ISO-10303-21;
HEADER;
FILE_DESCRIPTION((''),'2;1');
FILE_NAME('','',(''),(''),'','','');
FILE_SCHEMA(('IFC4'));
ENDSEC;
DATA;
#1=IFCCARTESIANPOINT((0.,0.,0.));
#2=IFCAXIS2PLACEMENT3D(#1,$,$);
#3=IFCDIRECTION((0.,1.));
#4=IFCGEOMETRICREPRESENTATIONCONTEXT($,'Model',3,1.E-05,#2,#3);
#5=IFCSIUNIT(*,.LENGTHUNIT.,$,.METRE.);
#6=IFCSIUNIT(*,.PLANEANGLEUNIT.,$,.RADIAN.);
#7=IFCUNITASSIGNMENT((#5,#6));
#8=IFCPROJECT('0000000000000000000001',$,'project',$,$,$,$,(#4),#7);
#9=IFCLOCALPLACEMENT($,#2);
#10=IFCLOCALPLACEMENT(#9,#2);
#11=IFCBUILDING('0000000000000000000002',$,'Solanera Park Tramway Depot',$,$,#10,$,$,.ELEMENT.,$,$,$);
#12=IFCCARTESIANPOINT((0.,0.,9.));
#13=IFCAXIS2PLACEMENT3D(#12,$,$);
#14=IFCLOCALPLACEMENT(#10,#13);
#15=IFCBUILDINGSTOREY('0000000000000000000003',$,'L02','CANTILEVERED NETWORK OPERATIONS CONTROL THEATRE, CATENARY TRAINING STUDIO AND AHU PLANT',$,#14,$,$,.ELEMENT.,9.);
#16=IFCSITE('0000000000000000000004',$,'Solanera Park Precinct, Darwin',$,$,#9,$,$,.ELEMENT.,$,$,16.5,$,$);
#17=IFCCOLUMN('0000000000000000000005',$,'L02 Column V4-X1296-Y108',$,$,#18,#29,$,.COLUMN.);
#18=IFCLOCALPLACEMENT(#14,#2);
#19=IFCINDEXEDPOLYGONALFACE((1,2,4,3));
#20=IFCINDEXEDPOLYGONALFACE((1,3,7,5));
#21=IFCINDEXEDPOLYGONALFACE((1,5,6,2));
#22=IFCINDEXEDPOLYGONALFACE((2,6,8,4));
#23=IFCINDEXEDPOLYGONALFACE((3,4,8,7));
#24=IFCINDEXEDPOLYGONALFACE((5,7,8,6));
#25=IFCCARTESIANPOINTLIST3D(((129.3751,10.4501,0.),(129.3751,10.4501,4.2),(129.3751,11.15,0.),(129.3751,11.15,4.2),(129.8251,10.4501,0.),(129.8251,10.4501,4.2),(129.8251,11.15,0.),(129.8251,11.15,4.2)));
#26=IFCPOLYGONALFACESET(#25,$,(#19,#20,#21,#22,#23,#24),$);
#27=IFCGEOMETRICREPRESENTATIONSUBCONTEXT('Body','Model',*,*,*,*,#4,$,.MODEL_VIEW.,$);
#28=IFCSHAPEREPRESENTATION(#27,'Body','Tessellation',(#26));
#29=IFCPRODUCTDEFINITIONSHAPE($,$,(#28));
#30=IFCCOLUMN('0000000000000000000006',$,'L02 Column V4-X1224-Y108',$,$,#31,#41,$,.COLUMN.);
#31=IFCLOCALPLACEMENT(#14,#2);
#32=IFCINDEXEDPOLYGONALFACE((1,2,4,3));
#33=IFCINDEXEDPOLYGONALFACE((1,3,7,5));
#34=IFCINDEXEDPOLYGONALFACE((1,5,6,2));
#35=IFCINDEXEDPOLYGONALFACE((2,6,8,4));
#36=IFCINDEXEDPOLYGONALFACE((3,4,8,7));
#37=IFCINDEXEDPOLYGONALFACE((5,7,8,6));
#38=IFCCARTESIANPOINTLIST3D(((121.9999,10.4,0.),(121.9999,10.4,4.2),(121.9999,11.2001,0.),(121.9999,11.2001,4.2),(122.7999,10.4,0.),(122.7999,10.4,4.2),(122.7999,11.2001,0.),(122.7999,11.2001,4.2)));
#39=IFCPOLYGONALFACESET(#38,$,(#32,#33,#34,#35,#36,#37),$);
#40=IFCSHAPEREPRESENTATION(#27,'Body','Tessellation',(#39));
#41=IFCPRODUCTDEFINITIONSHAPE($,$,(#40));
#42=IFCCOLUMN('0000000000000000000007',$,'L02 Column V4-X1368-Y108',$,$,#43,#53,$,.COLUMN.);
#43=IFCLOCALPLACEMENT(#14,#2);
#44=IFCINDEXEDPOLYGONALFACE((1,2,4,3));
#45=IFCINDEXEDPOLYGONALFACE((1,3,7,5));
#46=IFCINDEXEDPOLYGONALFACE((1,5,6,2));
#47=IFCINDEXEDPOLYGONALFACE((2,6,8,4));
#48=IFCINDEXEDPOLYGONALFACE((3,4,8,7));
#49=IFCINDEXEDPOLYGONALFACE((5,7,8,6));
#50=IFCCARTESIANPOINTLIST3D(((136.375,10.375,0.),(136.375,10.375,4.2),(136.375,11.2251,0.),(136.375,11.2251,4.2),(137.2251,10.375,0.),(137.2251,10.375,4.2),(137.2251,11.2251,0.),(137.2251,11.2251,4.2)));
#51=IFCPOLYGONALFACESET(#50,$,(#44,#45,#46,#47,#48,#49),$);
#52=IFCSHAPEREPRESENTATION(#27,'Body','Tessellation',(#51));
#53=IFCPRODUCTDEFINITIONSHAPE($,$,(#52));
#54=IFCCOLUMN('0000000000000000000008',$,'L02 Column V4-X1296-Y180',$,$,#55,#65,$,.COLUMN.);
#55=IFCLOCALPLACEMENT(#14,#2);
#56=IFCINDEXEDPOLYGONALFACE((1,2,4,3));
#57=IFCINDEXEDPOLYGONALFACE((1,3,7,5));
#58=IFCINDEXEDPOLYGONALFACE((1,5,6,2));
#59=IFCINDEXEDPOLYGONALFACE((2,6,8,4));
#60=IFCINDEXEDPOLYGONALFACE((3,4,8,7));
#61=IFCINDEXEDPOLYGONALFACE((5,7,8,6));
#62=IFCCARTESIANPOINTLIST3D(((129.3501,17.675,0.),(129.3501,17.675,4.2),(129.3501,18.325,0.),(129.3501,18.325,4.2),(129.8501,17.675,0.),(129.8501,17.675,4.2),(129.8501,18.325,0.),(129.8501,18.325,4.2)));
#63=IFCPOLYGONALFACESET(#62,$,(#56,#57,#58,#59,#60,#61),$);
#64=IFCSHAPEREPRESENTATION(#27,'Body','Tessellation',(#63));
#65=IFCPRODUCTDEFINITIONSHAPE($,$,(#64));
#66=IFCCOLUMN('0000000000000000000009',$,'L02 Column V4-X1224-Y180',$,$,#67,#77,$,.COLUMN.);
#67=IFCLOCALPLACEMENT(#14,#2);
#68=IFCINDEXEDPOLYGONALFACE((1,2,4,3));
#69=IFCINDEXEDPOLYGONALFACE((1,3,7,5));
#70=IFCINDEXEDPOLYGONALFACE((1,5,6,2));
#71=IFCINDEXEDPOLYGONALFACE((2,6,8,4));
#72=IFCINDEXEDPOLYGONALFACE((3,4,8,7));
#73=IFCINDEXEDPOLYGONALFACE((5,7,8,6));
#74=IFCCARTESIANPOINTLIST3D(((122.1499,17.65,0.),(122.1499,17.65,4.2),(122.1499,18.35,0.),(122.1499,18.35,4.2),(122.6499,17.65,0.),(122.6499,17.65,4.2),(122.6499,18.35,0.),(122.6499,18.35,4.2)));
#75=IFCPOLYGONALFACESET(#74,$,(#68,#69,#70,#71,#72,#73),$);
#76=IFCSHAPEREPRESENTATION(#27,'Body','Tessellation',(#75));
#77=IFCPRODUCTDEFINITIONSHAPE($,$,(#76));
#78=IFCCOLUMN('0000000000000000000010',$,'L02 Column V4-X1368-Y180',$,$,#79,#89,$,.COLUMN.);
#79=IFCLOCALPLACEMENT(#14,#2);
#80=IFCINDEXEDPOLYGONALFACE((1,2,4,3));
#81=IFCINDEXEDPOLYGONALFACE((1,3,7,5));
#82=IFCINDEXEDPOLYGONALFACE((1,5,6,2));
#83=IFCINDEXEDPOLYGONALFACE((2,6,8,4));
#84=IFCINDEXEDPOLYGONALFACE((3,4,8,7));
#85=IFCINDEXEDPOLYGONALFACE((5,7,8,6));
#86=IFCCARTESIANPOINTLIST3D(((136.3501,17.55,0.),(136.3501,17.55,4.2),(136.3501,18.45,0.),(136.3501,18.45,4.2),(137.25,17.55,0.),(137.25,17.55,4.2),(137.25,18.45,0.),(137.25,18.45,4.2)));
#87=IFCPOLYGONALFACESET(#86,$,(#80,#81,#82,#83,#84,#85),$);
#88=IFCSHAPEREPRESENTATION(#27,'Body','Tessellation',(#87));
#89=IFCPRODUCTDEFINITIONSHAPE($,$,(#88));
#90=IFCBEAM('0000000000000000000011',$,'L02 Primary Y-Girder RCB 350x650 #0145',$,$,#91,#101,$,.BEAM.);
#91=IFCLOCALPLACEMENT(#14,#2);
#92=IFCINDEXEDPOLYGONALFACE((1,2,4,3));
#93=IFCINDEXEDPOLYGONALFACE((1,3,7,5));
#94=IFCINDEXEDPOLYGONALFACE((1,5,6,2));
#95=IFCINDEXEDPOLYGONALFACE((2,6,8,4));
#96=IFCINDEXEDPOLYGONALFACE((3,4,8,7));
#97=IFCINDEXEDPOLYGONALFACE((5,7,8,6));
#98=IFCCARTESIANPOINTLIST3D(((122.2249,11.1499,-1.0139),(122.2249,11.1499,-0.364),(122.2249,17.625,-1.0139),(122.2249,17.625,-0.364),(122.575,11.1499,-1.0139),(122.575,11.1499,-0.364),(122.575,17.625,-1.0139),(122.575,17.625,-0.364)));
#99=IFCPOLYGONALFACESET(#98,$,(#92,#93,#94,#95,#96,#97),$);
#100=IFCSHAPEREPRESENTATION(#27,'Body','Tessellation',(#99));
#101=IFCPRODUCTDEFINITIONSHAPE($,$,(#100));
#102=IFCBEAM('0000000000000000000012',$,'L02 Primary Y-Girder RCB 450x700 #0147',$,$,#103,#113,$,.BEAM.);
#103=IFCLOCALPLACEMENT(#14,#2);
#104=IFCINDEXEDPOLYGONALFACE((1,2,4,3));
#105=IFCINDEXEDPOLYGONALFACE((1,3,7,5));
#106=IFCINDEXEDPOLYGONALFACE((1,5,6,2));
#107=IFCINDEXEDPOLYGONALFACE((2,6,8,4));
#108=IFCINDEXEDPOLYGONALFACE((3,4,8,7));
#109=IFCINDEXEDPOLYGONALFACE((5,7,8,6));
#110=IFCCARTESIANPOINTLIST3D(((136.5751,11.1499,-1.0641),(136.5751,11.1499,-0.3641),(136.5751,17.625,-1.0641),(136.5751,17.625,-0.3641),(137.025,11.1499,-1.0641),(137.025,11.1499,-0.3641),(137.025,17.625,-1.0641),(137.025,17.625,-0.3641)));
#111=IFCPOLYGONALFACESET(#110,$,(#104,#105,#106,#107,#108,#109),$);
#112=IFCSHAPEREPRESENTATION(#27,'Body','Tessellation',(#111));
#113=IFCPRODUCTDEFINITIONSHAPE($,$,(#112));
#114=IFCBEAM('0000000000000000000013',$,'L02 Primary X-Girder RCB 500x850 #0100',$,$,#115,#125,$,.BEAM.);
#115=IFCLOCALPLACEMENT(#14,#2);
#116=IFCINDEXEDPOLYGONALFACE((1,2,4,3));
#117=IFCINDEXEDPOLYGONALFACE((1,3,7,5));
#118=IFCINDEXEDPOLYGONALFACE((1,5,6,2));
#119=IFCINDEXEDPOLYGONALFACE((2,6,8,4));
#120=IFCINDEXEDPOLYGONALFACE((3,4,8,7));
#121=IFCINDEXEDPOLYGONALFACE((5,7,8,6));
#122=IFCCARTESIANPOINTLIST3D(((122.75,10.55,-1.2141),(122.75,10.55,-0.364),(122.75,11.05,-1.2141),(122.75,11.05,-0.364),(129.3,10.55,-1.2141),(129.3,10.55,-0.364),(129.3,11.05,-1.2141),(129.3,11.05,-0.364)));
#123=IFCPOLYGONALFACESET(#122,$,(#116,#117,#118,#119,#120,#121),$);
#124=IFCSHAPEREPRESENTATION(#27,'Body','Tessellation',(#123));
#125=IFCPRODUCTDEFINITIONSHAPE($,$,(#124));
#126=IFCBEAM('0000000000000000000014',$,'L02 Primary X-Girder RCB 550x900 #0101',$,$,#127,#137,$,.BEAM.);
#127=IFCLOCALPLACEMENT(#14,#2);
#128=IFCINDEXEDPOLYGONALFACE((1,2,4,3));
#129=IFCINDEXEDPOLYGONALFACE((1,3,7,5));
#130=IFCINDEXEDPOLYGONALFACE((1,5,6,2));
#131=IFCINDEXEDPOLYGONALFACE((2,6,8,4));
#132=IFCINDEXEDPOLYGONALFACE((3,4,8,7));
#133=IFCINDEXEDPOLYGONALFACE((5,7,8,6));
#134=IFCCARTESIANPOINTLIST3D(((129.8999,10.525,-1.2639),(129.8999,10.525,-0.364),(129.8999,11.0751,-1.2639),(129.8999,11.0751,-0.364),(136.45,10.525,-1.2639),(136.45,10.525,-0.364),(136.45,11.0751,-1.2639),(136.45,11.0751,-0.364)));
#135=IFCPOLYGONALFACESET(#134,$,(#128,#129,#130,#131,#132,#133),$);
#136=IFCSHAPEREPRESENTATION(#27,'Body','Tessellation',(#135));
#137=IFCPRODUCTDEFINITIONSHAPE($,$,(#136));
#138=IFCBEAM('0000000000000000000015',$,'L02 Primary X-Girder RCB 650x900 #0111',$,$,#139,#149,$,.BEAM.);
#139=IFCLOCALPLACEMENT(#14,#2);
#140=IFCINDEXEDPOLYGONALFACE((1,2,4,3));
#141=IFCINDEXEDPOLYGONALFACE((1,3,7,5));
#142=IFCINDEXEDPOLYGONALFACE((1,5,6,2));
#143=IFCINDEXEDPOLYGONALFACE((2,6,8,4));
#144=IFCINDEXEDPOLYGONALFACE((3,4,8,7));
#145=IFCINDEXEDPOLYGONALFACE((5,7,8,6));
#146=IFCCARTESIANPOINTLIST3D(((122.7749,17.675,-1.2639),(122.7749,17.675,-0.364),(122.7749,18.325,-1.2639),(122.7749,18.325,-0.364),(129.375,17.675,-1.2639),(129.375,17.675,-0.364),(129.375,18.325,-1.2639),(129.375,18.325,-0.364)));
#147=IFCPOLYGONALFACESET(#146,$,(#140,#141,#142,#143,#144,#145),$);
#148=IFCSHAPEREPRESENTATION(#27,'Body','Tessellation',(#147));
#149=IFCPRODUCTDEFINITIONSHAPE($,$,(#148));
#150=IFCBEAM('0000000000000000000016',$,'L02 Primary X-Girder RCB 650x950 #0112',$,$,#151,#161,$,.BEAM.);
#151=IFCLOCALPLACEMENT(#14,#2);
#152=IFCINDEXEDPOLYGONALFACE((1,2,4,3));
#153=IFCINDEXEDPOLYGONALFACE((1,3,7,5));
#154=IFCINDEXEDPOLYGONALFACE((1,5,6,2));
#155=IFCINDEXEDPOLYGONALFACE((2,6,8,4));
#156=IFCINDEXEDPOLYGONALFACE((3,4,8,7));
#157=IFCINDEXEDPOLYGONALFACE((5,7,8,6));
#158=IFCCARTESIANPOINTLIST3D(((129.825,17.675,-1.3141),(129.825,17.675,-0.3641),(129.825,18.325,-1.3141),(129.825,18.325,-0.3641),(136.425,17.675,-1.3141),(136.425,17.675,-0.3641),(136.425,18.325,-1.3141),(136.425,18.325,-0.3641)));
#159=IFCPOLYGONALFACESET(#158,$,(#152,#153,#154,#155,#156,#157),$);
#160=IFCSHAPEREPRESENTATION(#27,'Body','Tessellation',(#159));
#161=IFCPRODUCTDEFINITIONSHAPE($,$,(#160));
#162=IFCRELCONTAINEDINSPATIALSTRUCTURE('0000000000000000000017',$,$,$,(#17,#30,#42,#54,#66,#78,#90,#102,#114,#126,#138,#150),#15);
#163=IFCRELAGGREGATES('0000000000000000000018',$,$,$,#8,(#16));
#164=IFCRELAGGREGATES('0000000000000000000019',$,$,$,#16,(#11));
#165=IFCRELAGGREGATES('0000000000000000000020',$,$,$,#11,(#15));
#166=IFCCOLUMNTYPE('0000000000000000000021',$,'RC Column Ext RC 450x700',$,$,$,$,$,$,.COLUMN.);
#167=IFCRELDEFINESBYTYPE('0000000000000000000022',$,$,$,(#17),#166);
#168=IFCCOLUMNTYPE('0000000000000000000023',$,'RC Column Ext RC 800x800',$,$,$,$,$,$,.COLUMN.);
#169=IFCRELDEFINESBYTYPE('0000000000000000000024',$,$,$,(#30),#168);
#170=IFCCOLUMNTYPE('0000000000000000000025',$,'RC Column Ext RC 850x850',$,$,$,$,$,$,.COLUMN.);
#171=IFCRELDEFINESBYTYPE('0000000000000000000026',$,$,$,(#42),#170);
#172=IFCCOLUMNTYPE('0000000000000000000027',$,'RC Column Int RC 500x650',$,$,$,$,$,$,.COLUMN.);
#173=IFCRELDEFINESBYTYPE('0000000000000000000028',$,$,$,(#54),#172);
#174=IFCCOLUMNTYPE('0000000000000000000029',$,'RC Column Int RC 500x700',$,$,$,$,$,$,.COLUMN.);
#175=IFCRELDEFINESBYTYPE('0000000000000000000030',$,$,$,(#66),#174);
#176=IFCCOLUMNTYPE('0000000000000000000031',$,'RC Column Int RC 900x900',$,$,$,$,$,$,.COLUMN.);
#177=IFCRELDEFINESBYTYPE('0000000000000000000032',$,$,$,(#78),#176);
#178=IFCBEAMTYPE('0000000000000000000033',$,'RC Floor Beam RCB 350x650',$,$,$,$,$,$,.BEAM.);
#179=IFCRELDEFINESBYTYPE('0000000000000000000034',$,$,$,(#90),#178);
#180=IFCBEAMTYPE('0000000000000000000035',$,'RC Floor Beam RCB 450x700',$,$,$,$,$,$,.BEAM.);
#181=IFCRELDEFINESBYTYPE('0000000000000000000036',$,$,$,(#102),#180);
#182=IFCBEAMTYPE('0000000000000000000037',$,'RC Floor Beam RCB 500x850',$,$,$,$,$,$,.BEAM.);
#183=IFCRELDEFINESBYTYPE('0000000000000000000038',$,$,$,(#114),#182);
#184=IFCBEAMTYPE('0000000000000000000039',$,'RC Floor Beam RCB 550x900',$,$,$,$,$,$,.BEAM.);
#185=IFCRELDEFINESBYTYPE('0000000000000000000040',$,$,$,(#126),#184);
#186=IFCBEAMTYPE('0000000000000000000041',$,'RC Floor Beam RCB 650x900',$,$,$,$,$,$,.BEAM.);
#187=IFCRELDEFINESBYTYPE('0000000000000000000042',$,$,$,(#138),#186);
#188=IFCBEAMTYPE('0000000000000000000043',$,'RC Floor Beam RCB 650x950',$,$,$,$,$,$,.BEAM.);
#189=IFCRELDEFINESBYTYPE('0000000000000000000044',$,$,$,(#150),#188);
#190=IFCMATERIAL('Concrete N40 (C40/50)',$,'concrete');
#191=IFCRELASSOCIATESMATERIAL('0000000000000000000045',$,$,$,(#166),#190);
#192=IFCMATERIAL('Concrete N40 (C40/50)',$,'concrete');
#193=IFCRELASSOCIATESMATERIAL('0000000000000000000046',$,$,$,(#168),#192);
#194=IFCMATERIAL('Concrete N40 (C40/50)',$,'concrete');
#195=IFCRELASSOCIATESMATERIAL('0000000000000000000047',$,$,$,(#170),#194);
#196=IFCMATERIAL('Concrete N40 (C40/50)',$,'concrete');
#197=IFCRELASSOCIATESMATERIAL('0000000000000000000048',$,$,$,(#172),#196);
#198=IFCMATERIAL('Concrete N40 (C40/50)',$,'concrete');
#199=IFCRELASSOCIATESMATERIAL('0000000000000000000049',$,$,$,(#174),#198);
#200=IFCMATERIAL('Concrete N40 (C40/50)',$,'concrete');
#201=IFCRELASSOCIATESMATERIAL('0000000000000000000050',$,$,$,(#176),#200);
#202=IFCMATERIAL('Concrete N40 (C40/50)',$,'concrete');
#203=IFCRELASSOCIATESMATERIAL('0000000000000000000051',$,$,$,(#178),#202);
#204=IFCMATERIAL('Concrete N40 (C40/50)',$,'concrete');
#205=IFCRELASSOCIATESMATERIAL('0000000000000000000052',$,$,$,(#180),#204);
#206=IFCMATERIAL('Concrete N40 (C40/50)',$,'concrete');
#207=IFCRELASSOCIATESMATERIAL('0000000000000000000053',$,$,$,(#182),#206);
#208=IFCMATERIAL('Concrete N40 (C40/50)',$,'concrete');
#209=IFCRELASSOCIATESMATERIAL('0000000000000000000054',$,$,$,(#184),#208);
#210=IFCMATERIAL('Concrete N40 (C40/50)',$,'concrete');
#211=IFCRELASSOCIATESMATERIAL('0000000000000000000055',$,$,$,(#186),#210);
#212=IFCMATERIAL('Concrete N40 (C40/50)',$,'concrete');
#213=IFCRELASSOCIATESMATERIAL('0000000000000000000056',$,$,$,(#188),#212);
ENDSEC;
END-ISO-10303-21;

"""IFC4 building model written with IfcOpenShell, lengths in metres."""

from ifc_helpers import new_model, si_unit, direction, frame, origin, origin_2d, place, context, subcontext, project, spatial, rectangle, extrude, material, material_profile, profile_set, type_object, element, save


model = new_model("IFC4")

# Units and contexts
model_context = context("Model", 3, precision=1e-05, world=origin(), true_north=direction((0.0, 1.0)))
body_context = subcontext(model_context, "Body", "Model", "MODEL_VIEW")
ifc_project = project(units=[si_unit("LENGTHUNIT", "METRE"), si_unit("PLANEANGLEUNIT", "RADIAN")], contexts=[model_context])

# Site, building, storey
site_placement = place(None, origin())
site = spatial("IfcSite", under=ifc_project, at=site_placement, Name="Solanera Park Precinct, Darwin", CompositionType="ELEMENT", RefElevation=16.5)
building_placement = place(site_placement, origin())
building = spatial("IfcBuilding", under=site, at=building_placement, Name="Solanera Park Tramway Depot", CompositionType="ELEMENT")
storey_placement = place(building_placement, frame((0.0, 0.0, 9.0)))
storey = spatial("IfcBuildingStorey", under=building, at=storey_placement, Name="L02", Description="CANTILEVERED NETWORK OPERATIONS CONTROL THEATRE, CATENARY TRAINING STUDIO AND AHU PLANT", CompositionType="ELEMENT", Elevation=9.0)

# Columns
ifc_material_1 = material(Name="Concrete N40 (C40/50)", Category="concrete")
ifc_material_profile_1 = material_profile(ifc_material_1, rectangle(XDim=0.45, YDim=0.7, at=origin_2d()), Name="RC 450x700")
ifc_profile_set_1 = profile_set([ifc_material_profile_1], Name="Concrete N40 (C40/50)")
column_type_1 = type_object("IfcColumnType", Name="RC Column Ext RC 450x700", PredefinedType="COLUMN", material=ifc_profile_set_1)
column_1_placement = place(storey_placement, frame((129.6001, 10.8, 0.0), z_axis=(0.0, 0.0, 1.0), x_axis=(1.0, 0.0, 0.0)))
element("IfcColumn", 1, at=column_1_placement, inside=storey, type_object=column_type_1, Name="L02 Column V4-X1296-Y108", PredefinedType="COLUMN", context=body_context, shape_type="SweptSolid", body=[
    extrude(rectangle(XDim=0.45, YDim=0.7, at=origin_2d()), origin(), (0.0, 0.0, 1.0), 4.2),
])
ifc_material_2 = material(Name="Concrete N40 (C40/50)", Category="concrete")
ifc_material_profile_2 = material_profile(ifc_material_2, rectangle(XDim=0.8, YDim=0.8, at=origin_2d()), Name="RC 800x800")
ifc_profile_set_2 = profile_set([ifc_material_profile_2], Name="Concrete N40 (C40/50)")
column_type_2 = type_object("IfcColumnType", Name="RC Column Ext RC 800x800", PredefinedType="COLUMN", material=ifc_profile_set_2)
column_2_placement = place(storey_placement, frame((122.3999, 10.8, 0.0), z_axis=(0.0, 0.0, 1.0), x_axis=(1.0, 0.0, 0.0)))
element("IfcColumn", 2, at=column_2_placement, inside=storey, type_object=column_type_2, Name="L02 Column V4-X1224-Y108", PredefinedType="COLUMN", context=body_context, shape_type="SweptSolid", body=[
    extrude(rectangle(XDim=0.8, YDim=0.8, at=origin_2d()), origin(), (0.0, 0.0, 1.0), 4.2),
])
ifc_material_3 = material(Name="Concrete N40 (C40/50)", Category="concrete")
ifc_material_profile_3 = material_profile(ifc_material_3, rectangle(XDim=0.8501, YDim=0.8501, at=origin_2d()), Name="RC 850x850")
ifc_profile_set_3 = profile_set([ifc_material_profile_3], Name="Concrete N40 (C40/50)")
column_type_3 = type_object("IfcColumnType", Name="RC Column Ext RC 850x850", PredefinedType="COLUMN", material=ifc_profile_set_3)
column_3_placement = place(storey_placement, frame((136.8, 10.8, 0.0), z_axis=(0.0, 0.0, 1.0), x_axis=(1.0, 0.0, 0.0)))
element("IfcColumn", 3, at=column_3_placement, inside=storey, type_object=column_type_3, Name="L02 Column V4-X1368-Y108", PredefinedType="COLUMN", context=body_context, shape_type="SweptSolid", body=[
    extrude(rectangle(XDim=0.8501, YDim=0.8501, at=origin_2d()), origin(), (0.0, 0.0, 1.0), 4.2),
])
ifc_material_4 = material(Name="Concrete N40 (C40/50)", Category="concrete")
ifc_material_profile_4 = material_profile(ifc_material_4, rectangle(XDim=0.5, YDim=0.6499, at=origin_2d()), Name="RC 500x650")
ifc_profile_set_4 = profile_set([ifc_material_profile_4], Name="Concrete N40 (C40/50)")
column_type_4 = type_object("IfcColumnType", Name="RC Column Int RC 500x650", PredefinedType="COLUMN", material=ifc_profile_set_4)
column_4_placement = place(storey_placement, frame((129.6001, 18.0, 0.0), z_axis=(0.0, 0.0, 1.0), x_axis=(1.0, 0.0, 0.0)))
element("IfcColumn", 4, at=column_4_placement, inside=storey, type_object=column_type_4, Name="L02 Column V4-X1296-Y180", PredefinedType="COLUMN", context=body_context, shape_type="SweptSolid", body=[
    extrude(rectangle(XDim=0.5, YDim=0.6499, at=origin_2d()), origin(), (0.0, 0.0, 1.0), 4.2),
])
ifc_material_5 = material(Name="Concrete N40 (C40/50)", Category="concrete")
ifc_material_profile_5 = material_profile(ifc_material_5, rectangle(XDim=0.5, YDim=0.7, at=origin_2d()), Name="RC 500x700")
ifc_profile_set_5 = profile_set([ifc_material_profile_5], Name="Concrete N40 (C40/50)")
column_type_5 = type_object("IfcColumnType", Name="RC Column Int RC 500x700", PredefinedType="COLUMN", material=ifc_profile_set_5)
column_5_placement = place(storey_placement, frame((122.3999, 18.0, 0.0), z_axis=(0.0, 0.0, 1.0), x_axis=(1.0, 0.0, 0.0)))
element("IfcColumn", 5, at=column_5_placement, inside=storey, type_object=column_type_5, Name="L02 Column V4-X1224-Y180", PredefinedType="COLUMN", context=body_context, shape_type="SweptSolid", body=[
    extrude(rectangle(XDim=0.5, YDim=0.7, at=origin_2d()), origin(), (0.0, 0.0, 1.0), 4.2),
])
ifc_material_6 = material(Name="Concrete N40 (C40/50)", Category="concrete")
ifc_material_profile_6 = material_profile(ifc_material_6, rectangle(XDim=0.8999, YDim=0.8999, at=origin_2d()), Name="RC 900x900")
ifc_profile_set_6 = profile_set([ifc_material_profile_6], Name="Concrete N40 (C40/50)")
column_type_6 = type_object("IfcColumnType", Name="RC Column Int RC 900x900", PredefinedType="COLUMN", material=ifc_profile_set_6)
column_6_placement = place(storey_placement, frame((136.8, 18.0, 0.0), z_axis=(0.0, 0.0, 1.0), x_axis=(1.0, 0.0, 0.0)))
element("IfcColumn", 6, at=column_6_placement, inside=storey, type_object=column_type_6, Name="L02 Column V4-X1368-Y180", PredefinedType="COLUMN", context=body_context, shape_type="SweptSolid", body=[
    extrude(rectangle(XDim=0.8999, YDim=0.8999, at=origin_2d()), origin(), (0.0, 0.0, 1.0), 4.2),
])

# Beams
ifc_material_7 = material(Name="Concrete N40 (C40/50)", Category="concrete")
ifc_material_profile_7 = material_profile(ifc_material_7, rectangle(XDim=0.3501, YDim=0.6499, at=origin_2d()), Name="RCB 350x650")
ifc_profile_set_7 = profile_set([ifc_material_profile_7], Name="Concrete N40 (C40/50)")
beam_type_1 = type_object("IfcBeamType", Name="RC Floor Beam RCB 350x650", PredefinedType="BEAM", material=ifc_profile_set_7)
beam_1_placement = place(storey_placement, frame((122.3999, 11.1499, -0.689), z_axis=(0.0, 1.0, 0.0), x_axis=(-1.0, 0.0, 0.0)))
element("IfcBeam", 7, at=beam_1_placement, inside=storey, type_object=beam_type_1, Name="L02 Primary Y-Girder RCB 350x650 #0145", PredefinedType="BEAM", context=body_context, shape_type="SweptSolid", body=[
    extrude(rectangle(XDim=0.3501, YDim=0.6499, at=origin_2d()), origin(), (0.0, 0.0, 1.0), 6.4751),
])
ifc_material_8 = material(Name="Concrete N40 (C40/50)", Category="concrete")
ifc_material_profile_8 = material_profile(ifc_material_8, rectangle(XDim=0.45, YDim=0.7, at=origin_2d()), Name="RCB 450x700")
ifc_profile_set_8 = profile_set([ifc_material_profile_8], Name="Concrete N40 (C40/50)")
beam_type_2 = type_object("IfcBeamType", Name="RC Floor Beam RCB 450x700", PredefinedType="BEAM", material=ifc_profile_set_8)
beam_2_placement = place(storey_placement, frame((136.8, 11.1499, -0.7141), z_axis=(0.0, 1.0, 0.0), x_axis=(-1.0, 0.0, 0.0)))
element("IfcBeam", 8, at=beam_2_placement, inside=storey, type_object=beam_type_2, Name="L02 Primary Y-Girder RCB 450x700 #0147", PredefinedType="BEAM", context=body_context, shape_type="SweptSolid", body=[
    extrude(rectangle(XDim=0.45, YDim=0.7, at=origin_2d()), origin(), (0.0, 0.0, 1.0), 6.4751),
])
ifc_material_9 = material(Name="Concrete N40 (C40/50)", Category="concrete")
ifc_material_profile_9 = material_profile(ifc_material_9, rectangle(XDim=0.5, YDim=0.8501, at=origin_2d()), Name="RCB 500x850")
ifc_profile_set_9 = profile_set([ifc_material_profile_9], Name="Concrete N40 (C40/50)")
beam_type_3 = type_object("IfcBeamType", Name="RC Floor Beam RCB 500x850", PredefinedType="BEAM", material=ifc_profile_set_9)
beam_3_placement = place(storey_placement, frame((122.75, 10.8, -0.7891), z_axis=(1.0, 0.0, 0.0), x_axis=(0.0, 1.0, 0.0)))
element("IfcBeam", 9, at=beam_3_placement, inside=storey, type_object=beam_type_3, Name="L02 Primary X-Girder RCB 500x850 #0100", PredefinedType="BEAM", context=body_context, shape_type="SweptSolid", body=[
    extrude(rectangle(XDim=0.5, YDim=0.8501, at=origin_2d()), origin(), (0.0, 0.0, 1.0), 6.55),
])
ifc_material_10 = material(Name="Concrete N40 (C40/50)", Category="concrete")
ifc_material_profile_10 = material_profile(ifc_material_10, rectangle(XDim=0.55, YDim=0.8999, at=origin_2d()), Name="RCB 550x900")
ifc_profile_set_10 = profile_set([ifc_material_profile_10], Name="Concrete N40 (C40/50)")
beam_type_4 = type_object("IfcBeamType", Name="RC Floor Beam RCB 550x900", PredefinedType="BEAM", material=ifc_profile_set_10)
beam_4_placement = place(storey_placement, frame((129.8999, 10.8, -0.814), z_axis=(1.0, 0.0, 0.0), x_axis=(0.0, 1.0, 0.0)))
element("IfcBeam", 10, at=beam_4_placement, inside=storey, type_object=beam_type_4, Name="L02 Primary X-Girder RCB 550x900 #0101", PredefinedType="BEAM", context=body_context, shape_type="SweptSolid", body=[
    extrude(rectangle(XDim=0.55, YDim=0.8999, at=origin_2d()), origin(), (0.0, 0.0, 1.0), 6.55),
])
ifc_material_11 = material(Name="Concrete N40 (C40/50)", Category="concrete")
ifc_material_profile_11 = material_profile(ifc_material_11, rectangle(XDim=0.6499, YDim=0.8999, at=origin_2d()), Name="RCB 650x900")
ifc_profile_set_11 = profile_set([ifc_material_profile_11], Name="Concrete N40 (C40/50)")
beam_type_5 = type_object("IfcBeamType", Name="RC Floor Beam RCB 650x900", PredefinedType="BEAM", material=ifc_profile_set_11)
beam_5_placement = place(storey_placement, frame((122.7749, 18.0, -0.814), z_axis=(1.0, 0.0, 0.0), x_axis=(0.0, 1.0, 0.0)))
element("IfcBeam", 11, at=beam_5_placement, inside=storey, type_object=beam_type_5, Name="L02 Primary X-Girder RCB 650x900 #0111", PredefinedType="BEAM", context=body_context, shape_type="SweptSolid", body=[
    extrude(rectangle(XDim=0.6499, YDim=0.8999, at=origin_2d()), origin(), (0.0, 0.0, 1.0), 6.6001),
])
ifc_material_12 = material(Name="Concrete N40 (C40/50)", Category="concrete")
ifc_material_profile_12 = material_profile(ifc_material_12, rectangle(XDim=0.6499, YDim=0.95, at=origin_2d()), Name="RCB 650x950")
ifc_profile_set_12 = profile_set([ifc_material_profile_12], Name="Concrete N40 (C40/50)")
beam_type_6 = type_object("IfcBeamType", Name="RC Floor Beam RCB 650x950", PredefinedType="BEAM", material=ifc_profile_set_12)
beam_6_placement = place(storey_placement, frame((129.825, 18.0, -0.8391), z_axis=(1.0, 0.0, 0.0), x_axis=(0.0, 1.0, 0.0)))
element("IfcBeam", 12, at=beam_6_placement, inside=storey, type_object=beam_type_6, Name="L02 Primary X-Girder RCB 650x950 #0112", PredefinedType="BEAM", context=body_context, shape_type="SweptSolid", body=[
    extrude(rectangle(XDim=0.6499, YDim=0.95, at=origin_2d()), origin(), (0.0, 0.0, 1.0), 6.6001),
])

save(model, "model.ifc")
